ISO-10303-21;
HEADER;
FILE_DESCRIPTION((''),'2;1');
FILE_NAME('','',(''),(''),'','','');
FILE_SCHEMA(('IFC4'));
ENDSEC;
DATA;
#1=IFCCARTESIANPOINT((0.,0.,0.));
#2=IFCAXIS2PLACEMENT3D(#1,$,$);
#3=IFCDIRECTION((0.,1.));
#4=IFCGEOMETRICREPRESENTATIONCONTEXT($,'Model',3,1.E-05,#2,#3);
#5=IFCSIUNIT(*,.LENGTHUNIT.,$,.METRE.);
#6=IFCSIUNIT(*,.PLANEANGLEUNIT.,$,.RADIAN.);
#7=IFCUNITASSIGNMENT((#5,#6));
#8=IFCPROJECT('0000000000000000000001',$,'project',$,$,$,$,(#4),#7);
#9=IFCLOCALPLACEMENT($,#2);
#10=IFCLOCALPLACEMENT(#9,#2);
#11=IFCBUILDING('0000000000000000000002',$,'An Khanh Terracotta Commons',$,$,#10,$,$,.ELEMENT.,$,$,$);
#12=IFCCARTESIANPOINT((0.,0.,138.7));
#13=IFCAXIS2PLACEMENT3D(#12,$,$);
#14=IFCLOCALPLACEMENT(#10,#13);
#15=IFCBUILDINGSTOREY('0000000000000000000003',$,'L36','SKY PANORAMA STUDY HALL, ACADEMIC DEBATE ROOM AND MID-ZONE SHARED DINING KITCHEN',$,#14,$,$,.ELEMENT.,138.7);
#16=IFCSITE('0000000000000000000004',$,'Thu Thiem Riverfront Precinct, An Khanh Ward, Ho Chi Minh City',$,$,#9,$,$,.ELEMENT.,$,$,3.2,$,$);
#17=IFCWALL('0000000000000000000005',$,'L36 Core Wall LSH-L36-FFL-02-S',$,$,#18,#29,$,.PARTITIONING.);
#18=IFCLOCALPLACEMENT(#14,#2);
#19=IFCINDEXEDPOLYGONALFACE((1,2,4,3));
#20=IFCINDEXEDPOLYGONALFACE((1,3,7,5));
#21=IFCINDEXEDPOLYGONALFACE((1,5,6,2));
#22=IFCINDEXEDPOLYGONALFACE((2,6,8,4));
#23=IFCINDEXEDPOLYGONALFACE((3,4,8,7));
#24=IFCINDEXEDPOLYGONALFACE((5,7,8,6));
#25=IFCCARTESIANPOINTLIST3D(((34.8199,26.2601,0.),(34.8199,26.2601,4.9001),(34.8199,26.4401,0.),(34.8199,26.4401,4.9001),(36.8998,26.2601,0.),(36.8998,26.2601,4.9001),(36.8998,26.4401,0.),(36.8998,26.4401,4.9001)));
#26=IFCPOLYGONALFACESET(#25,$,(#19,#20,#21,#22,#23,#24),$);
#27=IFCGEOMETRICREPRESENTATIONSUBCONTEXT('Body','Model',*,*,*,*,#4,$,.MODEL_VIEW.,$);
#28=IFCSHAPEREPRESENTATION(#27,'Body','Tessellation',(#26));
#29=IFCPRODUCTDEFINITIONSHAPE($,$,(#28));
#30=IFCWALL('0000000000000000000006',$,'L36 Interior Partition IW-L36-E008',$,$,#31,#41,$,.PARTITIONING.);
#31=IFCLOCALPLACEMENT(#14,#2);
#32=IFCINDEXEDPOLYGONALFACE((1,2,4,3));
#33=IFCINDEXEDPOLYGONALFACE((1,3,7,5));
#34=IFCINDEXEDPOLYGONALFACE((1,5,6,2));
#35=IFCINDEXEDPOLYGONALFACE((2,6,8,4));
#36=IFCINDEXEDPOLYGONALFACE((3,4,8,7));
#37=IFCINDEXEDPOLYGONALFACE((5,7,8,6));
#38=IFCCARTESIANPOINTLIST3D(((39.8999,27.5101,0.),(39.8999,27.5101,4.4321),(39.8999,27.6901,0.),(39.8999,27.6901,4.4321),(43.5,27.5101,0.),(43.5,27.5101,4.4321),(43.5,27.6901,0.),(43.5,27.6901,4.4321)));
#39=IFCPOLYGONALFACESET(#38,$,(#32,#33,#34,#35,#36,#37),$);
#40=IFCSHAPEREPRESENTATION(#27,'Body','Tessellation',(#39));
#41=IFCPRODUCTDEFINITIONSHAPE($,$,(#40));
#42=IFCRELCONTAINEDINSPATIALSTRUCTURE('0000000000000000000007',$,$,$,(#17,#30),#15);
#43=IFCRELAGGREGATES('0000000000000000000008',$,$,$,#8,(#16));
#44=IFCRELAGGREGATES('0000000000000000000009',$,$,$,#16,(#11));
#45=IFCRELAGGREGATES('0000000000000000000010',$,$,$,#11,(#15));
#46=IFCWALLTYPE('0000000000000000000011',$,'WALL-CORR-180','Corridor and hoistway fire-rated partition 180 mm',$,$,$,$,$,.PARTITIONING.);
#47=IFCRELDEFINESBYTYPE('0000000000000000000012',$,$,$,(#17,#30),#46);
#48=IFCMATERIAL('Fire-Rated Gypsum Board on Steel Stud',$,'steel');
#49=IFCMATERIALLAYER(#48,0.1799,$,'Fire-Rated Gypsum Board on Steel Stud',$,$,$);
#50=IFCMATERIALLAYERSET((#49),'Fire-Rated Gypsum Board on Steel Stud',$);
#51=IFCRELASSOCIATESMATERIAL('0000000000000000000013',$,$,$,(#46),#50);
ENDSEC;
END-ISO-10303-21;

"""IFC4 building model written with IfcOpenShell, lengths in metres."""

from ifc_helpers import new_model, si_unit, direction, frame, frame_2d, origin, place, context, subcontext, project, spatial, rectangle, extrude, material, layer, layer_set, type_object, element, save


model = new_model("IFC4")

# Units and contexts
model_context = context("Model", 3, precision=1e-05, world=origin(), true_north=direction((0.0, 1.0)))
body_context = subcontext(model_context, "Body", "Model", "MODEL_VIEW")
ifc_project = project(units=[si_unit("LENGTHUNIT", "METRE"), si_unit("PLANEANGLEUNIT", "RADIAN")], contexts=[model_context])

# Site, building, storey
site_placement = place(None, origin())
site = spatial("IfcSite", under=ifc_project, at=site_placement, Name="Thu Thiem Riverfront Precinct, An Khanh Ward, Ho Chi Minh City", CompositionType="ELEMENT", RefElevation=3.2)
building_placement = place(site_placement, origin())
building = spatial("IfcBuilding", under=site, at=building_placement, Name="An Khanh Terracotta Commons", CompositionType="ELEMENT")
storey_placement = place(building_placement, frame((0.0, 0.0, 138.7)))
storey = spatial("IfcBuildingStorey", under=building, at=storey_placement, Name="L36", Description="SKY PANORAMA STUDY HALL, ACADEMIC DEBATE ROOM AND MID-ZONE SHARED DINING KITCHEN", CompositionType="ELEMENT", Elevation=138.7)

# Shared definitions
ifc_material_1 = material(Name="Fire-Rated Gypsum Board on Steel Stud", Category="steel")
ifc_layer_1 = layer(ifc_material_1, 0.1799, Name="Fire-Rated Gypsum Board on Steel Stud")
ifc_layer_set_1 = layer_set([ifc_layer_1], Name="Fire-Rated Gypsum Board on Steel Stud")
wall_type_1 = type_object("IfcWallType", Name="WALL-CORR-180", Description="Corridor and hoistway fire-rated partition 180 mm", PredefinedType="PARTITIONING", material=ifc_layer_set_1)

# Walls
wall_1_placement = place(storey_placement, frame((36.8999, 26.3501, 0.0), z_axis=(0.0, 0.0, 1.0), x_axis=(-1.0, 0.0, 0.0)))
element("IfcWall", 1, at=wall_1_placement, inside=storey, type_object=wall_type_1, Name="L36 Core Wall LSH-L36-FFL-02-S", PredefinedType="PARTITIONING", context=body_context, shape_type="SweptSolid", body=[
    extrude(rectangle(XDim=2.0798, YDim=0.1799, at=frame_2d((1.04, 0.0))), origin(), (0.0, 0.0, 1.0), 4.9001),
])
wall_2_placement = place(storey_placement, frame((39.8999, 27.6001, 0.0), z_axis=(0.0, 0.0, 1.0), x_axis=(1.0, 0.0, 0.0)))
element("IfcWall", 2, at=wall_2_placement, inside=storey, type_object=wall_type_1, Name="L36 Interior Partition IW-L36-E008", PredefinedType="PARTITIONING", context=body_context, shape_type="SweptSolid", body=[
    extrude(rectangle(XDim=3.6001, YDim=0.1799, at=frame_2d((1.8, 0.0))), origin(), (0.0, 0.0, 1.0), 4.4321),
])

save(model, "model.ifc")
